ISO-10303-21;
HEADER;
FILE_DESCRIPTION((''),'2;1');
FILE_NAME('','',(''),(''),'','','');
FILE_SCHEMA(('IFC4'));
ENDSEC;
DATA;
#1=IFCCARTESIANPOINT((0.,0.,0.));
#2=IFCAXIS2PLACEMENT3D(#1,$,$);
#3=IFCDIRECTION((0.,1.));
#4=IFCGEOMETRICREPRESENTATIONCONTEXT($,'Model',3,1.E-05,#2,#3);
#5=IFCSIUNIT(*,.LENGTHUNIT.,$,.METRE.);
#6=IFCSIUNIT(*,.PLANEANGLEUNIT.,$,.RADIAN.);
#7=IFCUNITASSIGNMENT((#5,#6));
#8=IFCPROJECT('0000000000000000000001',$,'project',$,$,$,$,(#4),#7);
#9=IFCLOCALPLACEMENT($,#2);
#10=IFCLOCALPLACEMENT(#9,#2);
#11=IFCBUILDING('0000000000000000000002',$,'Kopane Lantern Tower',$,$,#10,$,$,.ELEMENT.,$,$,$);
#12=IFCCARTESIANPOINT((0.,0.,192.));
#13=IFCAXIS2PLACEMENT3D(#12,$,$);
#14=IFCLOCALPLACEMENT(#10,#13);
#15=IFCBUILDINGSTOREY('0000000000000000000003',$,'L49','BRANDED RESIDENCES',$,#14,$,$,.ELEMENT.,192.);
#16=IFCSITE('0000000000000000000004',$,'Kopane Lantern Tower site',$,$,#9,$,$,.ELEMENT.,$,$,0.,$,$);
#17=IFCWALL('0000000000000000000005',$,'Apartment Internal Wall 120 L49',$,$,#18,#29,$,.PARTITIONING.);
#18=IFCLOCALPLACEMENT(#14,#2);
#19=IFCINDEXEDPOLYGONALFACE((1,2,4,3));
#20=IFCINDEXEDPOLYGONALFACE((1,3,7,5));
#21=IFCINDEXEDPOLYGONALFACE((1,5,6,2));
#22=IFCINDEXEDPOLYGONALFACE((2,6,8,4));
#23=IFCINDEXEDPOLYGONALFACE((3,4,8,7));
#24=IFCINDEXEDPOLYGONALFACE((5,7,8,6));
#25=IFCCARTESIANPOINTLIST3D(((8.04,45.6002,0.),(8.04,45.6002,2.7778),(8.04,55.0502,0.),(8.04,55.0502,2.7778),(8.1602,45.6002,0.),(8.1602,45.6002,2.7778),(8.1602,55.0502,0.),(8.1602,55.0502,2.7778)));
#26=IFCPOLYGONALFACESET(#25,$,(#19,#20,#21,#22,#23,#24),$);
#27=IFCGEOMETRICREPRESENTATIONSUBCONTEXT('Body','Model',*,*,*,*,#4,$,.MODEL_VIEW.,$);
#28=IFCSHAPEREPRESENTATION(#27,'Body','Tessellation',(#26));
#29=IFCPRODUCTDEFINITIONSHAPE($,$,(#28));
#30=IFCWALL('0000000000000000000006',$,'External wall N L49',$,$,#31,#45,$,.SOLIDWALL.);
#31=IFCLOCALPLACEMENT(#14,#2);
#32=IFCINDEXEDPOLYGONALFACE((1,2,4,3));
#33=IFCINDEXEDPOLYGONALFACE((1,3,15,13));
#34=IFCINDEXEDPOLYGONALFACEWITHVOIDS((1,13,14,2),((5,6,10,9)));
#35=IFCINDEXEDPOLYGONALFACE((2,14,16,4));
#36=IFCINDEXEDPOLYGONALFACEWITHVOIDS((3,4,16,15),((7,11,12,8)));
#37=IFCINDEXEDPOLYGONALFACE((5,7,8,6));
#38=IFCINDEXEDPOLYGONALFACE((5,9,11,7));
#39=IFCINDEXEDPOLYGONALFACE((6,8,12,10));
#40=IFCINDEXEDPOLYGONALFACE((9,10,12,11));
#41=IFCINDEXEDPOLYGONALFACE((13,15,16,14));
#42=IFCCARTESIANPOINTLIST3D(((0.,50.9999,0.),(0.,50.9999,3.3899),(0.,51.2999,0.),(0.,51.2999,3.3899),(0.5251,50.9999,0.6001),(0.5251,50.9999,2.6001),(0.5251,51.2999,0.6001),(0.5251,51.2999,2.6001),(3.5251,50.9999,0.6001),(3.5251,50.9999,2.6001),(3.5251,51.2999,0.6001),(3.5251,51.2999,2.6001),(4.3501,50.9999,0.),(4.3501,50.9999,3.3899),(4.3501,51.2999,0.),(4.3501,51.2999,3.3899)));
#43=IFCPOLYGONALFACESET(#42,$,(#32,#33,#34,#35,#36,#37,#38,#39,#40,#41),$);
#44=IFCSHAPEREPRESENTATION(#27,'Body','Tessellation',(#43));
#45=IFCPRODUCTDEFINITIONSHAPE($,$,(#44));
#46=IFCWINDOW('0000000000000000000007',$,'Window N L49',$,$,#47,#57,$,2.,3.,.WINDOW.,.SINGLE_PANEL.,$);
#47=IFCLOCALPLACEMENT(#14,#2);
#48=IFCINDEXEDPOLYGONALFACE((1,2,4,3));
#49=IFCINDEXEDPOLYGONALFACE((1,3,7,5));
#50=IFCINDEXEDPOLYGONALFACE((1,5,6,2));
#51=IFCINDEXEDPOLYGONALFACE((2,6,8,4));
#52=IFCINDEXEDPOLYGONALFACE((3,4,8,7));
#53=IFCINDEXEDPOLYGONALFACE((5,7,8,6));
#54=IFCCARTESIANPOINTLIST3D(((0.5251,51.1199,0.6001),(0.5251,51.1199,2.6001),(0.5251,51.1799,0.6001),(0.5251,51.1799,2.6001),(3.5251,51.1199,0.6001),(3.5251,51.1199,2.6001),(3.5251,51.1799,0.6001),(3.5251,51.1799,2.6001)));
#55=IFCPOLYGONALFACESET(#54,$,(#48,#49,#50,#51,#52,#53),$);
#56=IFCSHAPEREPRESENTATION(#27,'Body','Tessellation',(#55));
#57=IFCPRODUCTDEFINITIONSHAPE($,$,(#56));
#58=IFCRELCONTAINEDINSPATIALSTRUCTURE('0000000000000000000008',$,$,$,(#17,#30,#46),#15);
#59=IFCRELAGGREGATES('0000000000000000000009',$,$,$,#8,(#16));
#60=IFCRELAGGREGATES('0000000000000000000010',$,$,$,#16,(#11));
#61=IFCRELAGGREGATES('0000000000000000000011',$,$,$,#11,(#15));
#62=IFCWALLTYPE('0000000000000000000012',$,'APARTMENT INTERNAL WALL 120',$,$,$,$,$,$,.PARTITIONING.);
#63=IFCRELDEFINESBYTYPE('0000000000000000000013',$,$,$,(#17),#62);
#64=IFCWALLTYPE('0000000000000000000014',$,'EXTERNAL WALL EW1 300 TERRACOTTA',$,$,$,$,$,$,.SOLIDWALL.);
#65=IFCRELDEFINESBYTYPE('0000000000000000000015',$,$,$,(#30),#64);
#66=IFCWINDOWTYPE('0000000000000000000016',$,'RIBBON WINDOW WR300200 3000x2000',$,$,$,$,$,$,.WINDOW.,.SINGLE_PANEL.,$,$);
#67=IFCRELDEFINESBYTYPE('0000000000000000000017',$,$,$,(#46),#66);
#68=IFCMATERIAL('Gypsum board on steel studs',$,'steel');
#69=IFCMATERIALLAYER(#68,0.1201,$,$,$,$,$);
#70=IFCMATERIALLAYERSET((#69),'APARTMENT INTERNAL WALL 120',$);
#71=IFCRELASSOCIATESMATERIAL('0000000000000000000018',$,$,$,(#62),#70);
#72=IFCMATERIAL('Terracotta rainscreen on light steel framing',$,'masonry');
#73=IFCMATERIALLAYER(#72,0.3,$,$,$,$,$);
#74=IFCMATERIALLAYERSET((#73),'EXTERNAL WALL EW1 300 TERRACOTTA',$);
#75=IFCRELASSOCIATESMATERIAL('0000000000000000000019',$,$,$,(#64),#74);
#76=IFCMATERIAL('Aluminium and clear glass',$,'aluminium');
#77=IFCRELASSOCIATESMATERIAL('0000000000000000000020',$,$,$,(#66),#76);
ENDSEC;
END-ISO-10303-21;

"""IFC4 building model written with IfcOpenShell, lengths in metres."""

from ifc_helpers import new_model, si_unit, direction, frame, frame_2d, origin, place, context, subcontext, project, spatial, rectangle, extrude, material, layer, layer_set, type_object, element, fill, save


model = new_model("IFC4")

# Units and contexts
model_context = context("Model", 3, precision=1e-05, world=origin(), true_north=direction((0.0, 1.0)))
body_context = subcontext(model_context, "Body", "Model", "MODEL_VIEW")
ifc_project = project(units=[si_unit("LENGTHUNIT", "METRE"), si_unit("PLANEANGLEUNIT", "RADIAN")], contexts=[model_context])

# Site, building, storey
site_placement = place(None, origin())
site = spatial("IfcSite", under=ifc_project, at=site_placement, Name="Kopane Lantern Tower site", CompositionType="ELEMENT", RefElevation=0.0)
building_placement = place(site_placement, origin())
building = spatial("IfcBuilding", under=site, at=building_placement, Name="Kopane Lantern Tower", CompositionType="ELEMENT")
storey_placement = place(building_placement, frame((0.0, 0.0, 192.0)))
storey = spatial("IfcBuildingStorey", under=building, at=storey_placement, Name="L49", Description="BRANDED RESIDENCES", CompositionType="ELEMENT", Elevation=192.0)

# Shared definitions
ifc_material_1 = material(Name="Gypsum board on steel studs", Category="steel")
ifc_layer_1 = layer(ifc_material_1, 0.1201)
ifc_layer_set_1 = layer_set([ifc_layer_1], Name="APARTMENT INTERNAL WALL 120")
wall_type_1 = type_object("IfcWallType", Name="APARTMENT INTERNAL WALL 120", PredefinedType="PARTITIONING", material=ifc_layer_set_1)

# Wall
wall_1_placement = place(storey_placement, frame((8.1001, 45.6001, 0.0), z_axis=(0.0, 0.0, 1.0), x_axis=(0.0, 1.0, 0.0)))
element("IfcWall", 1, at=wall_1_placement, inside=storey, type_object=wall_type_1, Name="Apartment Internal Wall 120 L49", PredefinedType="PARTITIONING", context=body_context, shape_type="SweptSolid", body=[
    extrude(rectangle(XDim=9.45, YDim=0.1201, at=frame_2d((4.7251, 0.0))), origin(), (0.0, 0.0, 1.0), 2.7778),
])

# Wall, opening, window
ifc_material_2 = material(Name="Terracotta rainscreen on light steel framing", Category="masonry")
ifc_layer_2 = layer(ifc_material_2, 0.3)
ifc_layer_set_2 = layer_set([ifc_layer_2], Name="EXTERNAL WALL EW1 300 TERRACOTTA")
wall_type_2 = type_object("IfcWallType", Name="EXTERNAL WALL EW1 300 TERRACOTTA", PredefinedType="SOLIDWALL", material=ifc_layer_set_2)
wall_2_placement = place(storey_placement, frame((4.3501, 51.1499, 0.0), z_axis=(0.0, 0.0, 1.0), x_axis=(-1.0, 0.0, 0.0)))
wall_2 = element("IfcWall", 2, at=wall_2_placement, inside=storey, type_object=wall_type_2, Name="External wall N L49", PredefinedType="SOLIDWALL", context=body_context, shape_type="SweptSolid", body=[
    extrude(rectangle(XDim=4.3501, YDim=0.3, at=frame_2d((2.175, 0.0))), origin(), (0.0, 0.0, 1.0), 3.3899),
])
opening_1_placement = place(wall_2_placement, frame((0.825, 0.0, 0.6001)))
opening_1 = element("IfcOpeningElement", 3, at=opening_1_placement, cuts=wall_2, PredefinedType="OPENING", context=body_context, shape_type="SweptSolid", body=[
    extrude(rectangle(XDim=3.0, YDim=2.0, at=frame_2d((1.5, 1.0))), frame((0.0, 0.1599, 0.0), z_axis=(0.0, -1.0, 0.0), x_axis=(1.0, 0.0, 0.0)), (0.0, 0.0, 1.0), 0.3201),
])
ifc_material_3 = material(Name="Aluminium and clear glass", Category="aluminium")
window_type = type_object("IfcWindowType", Name="RIBBON WINDOW WR300200 3000x2000", PartitioningType="SINGLE_PANEL", PredefinedType="WINDOW", material=ifc_material_3)
window_placement = place(opening_1_placement, origin())
window = element("IfcWindow", 4, at=window_placement, inside=storey, type_object=window_type, Name="Window N L49", OverallHeight=2.0, OverallWidth=3.0, PartitioningType="SINGLE_PANEL", PredefinedType="WINDOW", context=body_context, shape_type="SweptSolid", body=[
    extrude(rectangle(XDim=3.0, YDim=2.0, at=frame_2d((1.5, 1.0))), frame((0.0, 0.03, 0.0), z_axis=(0.0, -1.0, 0.0), x_axis=(1.0, 0.0, 0.0)), (0.0, 0.0, 1.0), 0.0601),
])
fill(opening_1, window)

save(model, "model.ifc")
